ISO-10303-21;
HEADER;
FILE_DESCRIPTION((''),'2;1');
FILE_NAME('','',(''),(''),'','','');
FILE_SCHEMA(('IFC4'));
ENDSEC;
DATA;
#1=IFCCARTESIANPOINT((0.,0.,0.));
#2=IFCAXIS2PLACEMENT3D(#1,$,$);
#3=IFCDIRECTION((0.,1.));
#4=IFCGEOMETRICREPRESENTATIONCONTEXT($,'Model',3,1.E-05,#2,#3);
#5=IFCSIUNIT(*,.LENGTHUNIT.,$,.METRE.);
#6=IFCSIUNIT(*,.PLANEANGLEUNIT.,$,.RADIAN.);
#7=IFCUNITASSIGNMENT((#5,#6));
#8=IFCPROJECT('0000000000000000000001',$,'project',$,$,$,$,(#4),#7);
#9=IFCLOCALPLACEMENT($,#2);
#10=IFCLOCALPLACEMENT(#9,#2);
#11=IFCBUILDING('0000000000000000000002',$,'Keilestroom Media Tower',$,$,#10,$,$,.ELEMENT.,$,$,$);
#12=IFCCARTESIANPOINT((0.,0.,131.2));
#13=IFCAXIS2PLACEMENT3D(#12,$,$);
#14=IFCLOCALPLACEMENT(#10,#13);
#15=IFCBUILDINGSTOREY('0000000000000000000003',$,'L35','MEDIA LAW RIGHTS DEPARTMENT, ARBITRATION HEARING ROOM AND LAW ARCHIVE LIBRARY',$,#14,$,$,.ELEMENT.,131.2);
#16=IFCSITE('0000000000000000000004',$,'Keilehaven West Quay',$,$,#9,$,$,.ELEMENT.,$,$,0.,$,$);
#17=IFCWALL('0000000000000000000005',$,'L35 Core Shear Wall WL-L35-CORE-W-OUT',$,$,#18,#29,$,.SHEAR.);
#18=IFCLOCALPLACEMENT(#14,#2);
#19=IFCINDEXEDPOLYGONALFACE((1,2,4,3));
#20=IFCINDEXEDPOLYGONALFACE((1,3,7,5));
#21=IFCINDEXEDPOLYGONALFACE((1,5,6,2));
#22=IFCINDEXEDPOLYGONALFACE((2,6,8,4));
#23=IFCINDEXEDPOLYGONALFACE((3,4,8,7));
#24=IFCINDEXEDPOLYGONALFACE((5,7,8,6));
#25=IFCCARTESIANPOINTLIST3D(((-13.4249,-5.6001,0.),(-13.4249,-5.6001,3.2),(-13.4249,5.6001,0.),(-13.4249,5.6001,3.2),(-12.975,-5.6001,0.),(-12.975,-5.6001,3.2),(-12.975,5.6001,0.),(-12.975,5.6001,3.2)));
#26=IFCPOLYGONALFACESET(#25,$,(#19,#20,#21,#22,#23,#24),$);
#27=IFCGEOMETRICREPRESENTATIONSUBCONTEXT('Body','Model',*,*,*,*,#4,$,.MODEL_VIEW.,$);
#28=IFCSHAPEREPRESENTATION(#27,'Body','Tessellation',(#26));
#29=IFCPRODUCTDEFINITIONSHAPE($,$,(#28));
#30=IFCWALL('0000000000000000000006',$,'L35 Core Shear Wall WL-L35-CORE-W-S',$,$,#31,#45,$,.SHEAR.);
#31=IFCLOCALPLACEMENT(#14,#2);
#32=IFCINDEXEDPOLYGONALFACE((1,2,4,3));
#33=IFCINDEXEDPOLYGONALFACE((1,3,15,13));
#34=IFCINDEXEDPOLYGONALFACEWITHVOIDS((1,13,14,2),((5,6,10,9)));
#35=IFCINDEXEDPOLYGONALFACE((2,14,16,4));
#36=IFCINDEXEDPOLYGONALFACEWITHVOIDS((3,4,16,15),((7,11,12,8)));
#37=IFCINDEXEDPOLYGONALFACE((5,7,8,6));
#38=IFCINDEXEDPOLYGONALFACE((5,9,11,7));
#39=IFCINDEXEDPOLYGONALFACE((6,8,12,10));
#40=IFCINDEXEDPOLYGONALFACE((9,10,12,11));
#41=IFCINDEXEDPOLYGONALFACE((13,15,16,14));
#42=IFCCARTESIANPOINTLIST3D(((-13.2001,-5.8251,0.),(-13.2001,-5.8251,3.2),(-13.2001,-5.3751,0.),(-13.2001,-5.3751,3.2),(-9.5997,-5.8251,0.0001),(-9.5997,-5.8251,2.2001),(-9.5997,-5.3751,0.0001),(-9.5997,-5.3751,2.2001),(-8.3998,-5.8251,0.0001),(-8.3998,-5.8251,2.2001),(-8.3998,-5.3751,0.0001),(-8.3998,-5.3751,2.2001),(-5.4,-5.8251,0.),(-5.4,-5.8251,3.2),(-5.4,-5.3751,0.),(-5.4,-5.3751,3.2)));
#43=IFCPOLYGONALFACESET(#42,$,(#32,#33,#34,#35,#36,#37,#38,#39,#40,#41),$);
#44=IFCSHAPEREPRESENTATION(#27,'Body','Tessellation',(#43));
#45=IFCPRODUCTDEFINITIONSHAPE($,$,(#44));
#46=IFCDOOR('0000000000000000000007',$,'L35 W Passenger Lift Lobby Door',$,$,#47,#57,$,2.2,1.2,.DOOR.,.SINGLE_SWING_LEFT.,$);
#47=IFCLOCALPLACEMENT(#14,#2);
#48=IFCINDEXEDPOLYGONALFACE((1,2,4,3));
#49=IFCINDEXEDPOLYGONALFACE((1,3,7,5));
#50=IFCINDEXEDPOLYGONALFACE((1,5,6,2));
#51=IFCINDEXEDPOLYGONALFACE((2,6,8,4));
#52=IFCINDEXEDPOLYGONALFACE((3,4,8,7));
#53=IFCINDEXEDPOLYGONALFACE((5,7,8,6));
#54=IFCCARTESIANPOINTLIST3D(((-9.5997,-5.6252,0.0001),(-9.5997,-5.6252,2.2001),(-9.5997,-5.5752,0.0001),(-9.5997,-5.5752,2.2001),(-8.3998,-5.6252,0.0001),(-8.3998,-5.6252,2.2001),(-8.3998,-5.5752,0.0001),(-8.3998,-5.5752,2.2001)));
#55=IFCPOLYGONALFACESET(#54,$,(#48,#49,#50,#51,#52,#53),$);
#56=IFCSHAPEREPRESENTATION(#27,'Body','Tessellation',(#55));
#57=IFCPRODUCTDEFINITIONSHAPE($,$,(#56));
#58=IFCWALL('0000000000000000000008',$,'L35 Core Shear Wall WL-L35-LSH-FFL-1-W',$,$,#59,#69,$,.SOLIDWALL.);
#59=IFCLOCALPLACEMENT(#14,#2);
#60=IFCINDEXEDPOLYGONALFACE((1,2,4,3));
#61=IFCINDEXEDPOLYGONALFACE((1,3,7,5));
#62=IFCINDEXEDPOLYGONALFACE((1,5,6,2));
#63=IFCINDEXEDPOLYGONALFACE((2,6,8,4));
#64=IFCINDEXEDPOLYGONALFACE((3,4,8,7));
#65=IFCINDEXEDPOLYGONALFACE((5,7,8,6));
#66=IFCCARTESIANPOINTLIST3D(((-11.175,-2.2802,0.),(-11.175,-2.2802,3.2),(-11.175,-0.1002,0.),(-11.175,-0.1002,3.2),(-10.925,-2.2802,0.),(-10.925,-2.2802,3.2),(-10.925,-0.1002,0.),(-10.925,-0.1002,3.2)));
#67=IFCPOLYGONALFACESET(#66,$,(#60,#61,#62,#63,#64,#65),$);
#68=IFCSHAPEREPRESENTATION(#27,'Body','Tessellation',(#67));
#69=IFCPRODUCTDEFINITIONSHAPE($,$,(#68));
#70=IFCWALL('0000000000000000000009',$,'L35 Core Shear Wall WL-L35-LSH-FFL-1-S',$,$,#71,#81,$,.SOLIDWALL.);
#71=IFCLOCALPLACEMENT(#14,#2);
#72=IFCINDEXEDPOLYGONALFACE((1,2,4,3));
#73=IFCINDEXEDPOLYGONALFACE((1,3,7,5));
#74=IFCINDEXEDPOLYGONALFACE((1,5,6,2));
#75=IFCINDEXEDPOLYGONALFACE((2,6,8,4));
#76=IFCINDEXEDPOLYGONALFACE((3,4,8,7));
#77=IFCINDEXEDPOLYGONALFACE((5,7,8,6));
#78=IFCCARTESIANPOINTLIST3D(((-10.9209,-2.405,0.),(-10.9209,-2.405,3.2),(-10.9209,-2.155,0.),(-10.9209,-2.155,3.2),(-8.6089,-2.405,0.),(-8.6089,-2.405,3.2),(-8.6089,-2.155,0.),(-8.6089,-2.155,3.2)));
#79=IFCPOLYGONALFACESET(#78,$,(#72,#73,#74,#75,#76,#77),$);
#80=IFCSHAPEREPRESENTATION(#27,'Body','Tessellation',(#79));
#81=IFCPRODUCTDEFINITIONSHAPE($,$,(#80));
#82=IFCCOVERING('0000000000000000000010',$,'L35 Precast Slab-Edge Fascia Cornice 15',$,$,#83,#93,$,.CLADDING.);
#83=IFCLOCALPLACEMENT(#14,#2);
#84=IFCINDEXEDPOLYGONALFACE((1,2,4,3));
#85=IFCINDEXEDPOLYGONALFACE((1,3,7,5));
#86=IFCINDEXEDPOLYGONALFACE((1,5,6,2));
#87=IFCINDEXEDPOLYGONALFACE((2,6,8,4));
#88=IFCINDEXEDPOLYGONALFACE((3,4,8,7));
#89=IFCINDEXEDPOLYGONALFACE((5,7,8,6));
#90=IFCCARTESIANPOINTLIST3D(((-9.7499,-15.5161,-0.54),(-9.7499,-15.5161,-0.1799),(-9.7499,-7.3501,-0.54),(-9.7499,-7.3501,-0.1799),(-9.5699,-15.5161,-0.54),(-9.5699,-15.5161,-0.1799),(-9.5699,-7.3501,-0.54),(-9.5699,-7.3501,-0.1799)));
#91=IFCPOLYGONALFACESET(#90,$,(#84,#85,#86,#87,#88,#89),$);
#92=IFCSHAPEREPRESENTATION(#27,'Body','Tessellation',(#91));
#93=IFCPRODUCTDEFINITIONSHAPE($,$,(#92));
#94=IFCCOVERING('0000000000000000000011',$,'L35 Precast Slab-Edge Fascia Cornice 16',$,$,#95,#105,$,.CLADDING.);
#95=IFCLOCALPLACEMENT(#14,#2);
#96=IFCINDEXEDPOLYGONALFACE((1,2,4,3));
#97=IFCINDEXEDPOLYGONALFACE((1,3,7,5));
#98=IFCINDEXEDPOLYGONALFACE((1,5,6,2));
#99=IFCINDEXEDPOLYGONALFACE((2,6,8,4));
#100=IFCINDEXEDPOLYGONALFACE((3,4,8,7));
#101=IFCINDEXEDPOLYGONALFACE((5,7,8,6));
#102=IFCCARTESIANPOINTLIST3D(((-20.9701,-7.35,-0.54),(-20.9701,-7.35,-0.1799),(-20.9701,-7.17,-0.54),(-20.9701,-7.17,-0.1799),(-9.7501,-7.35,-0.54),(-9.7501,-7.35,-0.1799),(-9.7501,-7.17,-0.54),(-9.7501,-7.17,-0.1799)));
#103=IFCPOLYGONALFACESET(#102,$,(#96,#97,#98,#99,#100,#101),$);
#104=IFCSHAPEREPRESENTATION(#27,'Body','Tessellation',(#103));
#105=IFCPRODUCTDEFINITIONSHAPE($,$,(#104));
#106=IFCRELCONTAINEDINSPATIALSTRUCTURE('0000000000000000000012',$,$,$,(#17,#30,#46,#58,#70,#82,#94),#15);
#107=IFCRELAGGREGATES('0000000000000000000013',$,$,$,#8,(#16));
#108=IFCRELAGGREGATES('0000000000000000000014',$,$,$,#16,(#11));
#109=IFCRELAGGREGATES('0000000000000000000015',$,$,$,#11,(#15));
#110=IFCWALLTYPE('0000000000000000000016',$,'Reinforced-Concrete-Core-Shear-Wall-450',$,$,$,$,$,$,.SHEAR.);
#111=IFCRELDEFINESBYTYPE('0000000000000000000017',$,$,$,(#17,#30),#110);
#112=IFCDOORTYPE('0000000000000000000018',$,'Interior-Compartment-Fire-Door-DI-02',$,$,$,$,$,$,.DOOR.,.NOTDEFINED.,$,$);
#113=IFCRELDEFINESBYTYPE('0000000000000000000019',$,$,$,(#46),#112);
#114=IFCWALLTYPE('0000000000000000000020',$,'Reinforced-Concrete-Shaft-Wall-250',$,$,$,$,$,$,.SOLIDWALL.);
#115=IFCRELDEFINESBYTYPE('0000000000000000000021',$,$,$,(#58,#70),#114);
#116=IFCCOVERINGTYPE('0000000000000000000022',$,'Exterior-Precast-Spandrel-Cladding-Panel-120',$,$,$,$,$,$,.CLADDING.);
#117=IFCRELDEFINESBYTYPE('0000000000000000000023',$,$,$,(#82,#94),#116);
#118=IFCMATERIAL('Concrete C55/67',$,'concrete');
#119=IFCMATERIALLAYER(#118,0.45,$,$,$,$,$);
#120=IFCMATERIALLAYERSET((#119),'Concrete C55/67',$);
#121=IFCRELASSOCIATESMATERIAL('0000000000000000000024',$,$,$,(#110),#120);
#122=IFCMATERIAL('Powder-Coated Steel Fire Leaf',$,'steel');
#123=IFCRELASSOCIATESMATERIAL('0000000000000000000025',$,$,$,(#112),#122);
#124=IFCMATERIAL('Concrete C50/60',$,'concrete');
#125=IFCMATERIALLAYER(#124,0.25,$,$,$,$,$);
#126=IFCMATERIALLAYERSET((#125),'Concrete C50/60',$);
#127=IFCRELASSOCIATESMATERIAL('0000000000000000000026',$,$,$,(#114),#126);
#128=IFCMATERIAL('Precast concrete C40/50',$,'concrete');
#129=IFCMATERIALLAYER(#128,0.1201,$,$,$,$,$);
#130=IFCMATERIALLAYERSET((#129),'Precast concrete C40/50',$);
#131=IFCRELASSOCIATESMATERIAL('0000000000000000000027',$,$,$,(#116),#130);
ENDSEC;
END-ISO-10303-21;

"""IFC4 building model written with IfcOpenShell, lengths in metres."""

from ifc_helpers import new_model, si_unit, direction, frame, frame_2d, origin, origin_2d, place, context, subcontext, project, spatial, rectangle, extrude, source, transform, mapped, material, layer, layer_set, type_object, element, fill, save


model = new_model("IFC4")

# Units and contexts
model_context = context("Model", 3, precision=1e-05, world=origin(), true_north=direction((0.0, 1.0)))
body_context = subcontext(model_context, "Body", "Model", "MODEL_VIEW")
ifc_project = project(units=[si_unit("LENGTHUNIT", "METRE"), si_unit("PLANEANGLEUNIT", "RADIAN")], contexts=[model_context])

# Site, building, storey
site_placement = place(None, origin())
site = spatial("IfcSite", under=ifc_project, at=site_placement, Name="Keilehaven West Quay", CompositionType="ELEMENT", RefElevation=0.0)
building_placement = place(site_placement, origin())
building = spatial("IfcBuilding", under=site, at=building_placement, Name="Keilestroom Media Tower", CompositionType="ELEMENT")
storey_placement = place(building_placement, frame((0.0, 0.0, 131.2)))
storey = spatial("IfcBuildingStorey", under=building, at=storey_placement, Name="L35", Description="MEDIA LAW RIGHTS DEPARTMENT, ARBITRATION HEARING ROOM AND LAW ARCHIVE LIBRARY", CompositionType="ELEMENT", Elevation=131.2)

# Shared definitions
ifc_material_1 = material(Name="Precast concrete C40/50", Category="concrete")

# Wall
ifc_material_2 = material(Name="Concrete C55/67", Category="concrete")
ifc_layer_1 = layer(ifc_material_2, 0.45)
ifc_layer_set_1 = layer_set([ifc_layer_1], Name="Concrete C55/67")
wall_type_1 = type_object("IfcWallType", Name="Reinforced-Concrete-Core-Shear-Wall-450", PredefinedType="SHEAR", material=ifc_layer_set_1)
wall_1_placement = place(storey_placement, frame((-13.2, -5.6001, 0.0), z_axis=(0.0, 0.0, 1.0), x_axis=(0.0, 1.0, 0.0)))
element("IfcWall", 1, at=wall_1_placement, inside=storey, type_object=wall_type_1, Name="L35 Core Shear Wall WL-L35-CORE-W-OUT", PredefinedType="SHEAR", context=body_context, shape_type="SweptSolid", body=[
    extrude(rectangle(XDim=11.2002, YDim=0.45, at=frame_2d((5.6001, 0.0))), origin(), (0.0, 0.0, 1.0), 3.2),
])

# Wall, opening, door
wall_2_placement = place(storey_placement, frame((-13.2, -5.6001, 0.0), z_axis=(0.0, 0.0, 1.0), x_axis=(1.0, 0.0, 0.0)))
wall_2 = element("IfcWall", 2, at=wall_2_placement, inside=storey, type_object=wall_type_1, Name="L35 Core Shear Wall WL-L35-CORE-W-S", PredefinedType="SHEAR", context=body_context, shape_type="SweptSolid", body=[
    extrude(rectangle(XDim=7.8, YDim=0.45, at=frame_2d((3.8999, 0.0))), origin(), (0.0, 0.0, 1.0), 3.2),
])
opening_1_placement = place(wall_2_placement, frame((3.6001, 0.0, 0.0)))
opening_1 = element("IfcOpeningElement", 3, at=opening_1_placement, cuts=wall_2, PredefinedType="OPENING", context=body_context, shape_type="SweptSolid", body=[
    extrude(rectangle(XDim=1.2, YDim=2.2, at=frame_2d((0.6001, 1.1001))), frame((0.0, 0.2349, 0.0), z_axis=(0.0, -1.0, 0.0), x_axis=(1.0, 0.0, 0.0)), (0.0, 0.0, 1.0), 0.47),
])
ifc_material_3 = material(Name="Powder-Coated Steel Fire Leaf", Category="steel")
door_type_1 = type_object("IfcDoorType", Name="Interior-Compartment-Fire-Door-DI-02", OperationType="NOTDEFINED", PredefinedType="DOOR", material=ifc_material_3)
shared_shape_1 = source(origin(), body_context, "Body", "SweptSolid", [
    extrude(rectangle(XDim=1.2, YDim=2.2, at=frame_2d((0.6001, 1.1001))), frame((0.0, 0.0249, 0.0), z_axis=(0.0, -1.0, 0.0), x_axis=(1.0, 0.0, 0.0)), (0.0, 0.0, 1.0), 0.05),
])
door_1_placement = place(opening_1_placement, origin())
door_1 = element("IfcDoor", 4, at=door_1_placement, inside=storey, type_object=door_type_1, Name="L35 W Passenger Lift Lobby Door", OperationType="SINGLE_SWING_LEFT", OverallHeight=2.2, OverallWidth=1.2, PredefinedType="DOOR", context=body_context, shape_type="MappedRepresentation", body=[
    mapped(shared_shape_1, transform((0.0, 0.0, 0.0), x_axis=(1.0, 0.0, 0.0), y_axis=(0.0, 1.0, 0.0), z_axis=(0.0, 0.0, 1.0), scale=1.0)),
])
fill(opening_1, door_1)

# Walls
ifc_material_4 = material(Name="Concrete C50/60", Category="concrete")
ifc_layer_2 = layer(ifc_material_4, 0.25)
ifc_layer_set_2 = layer_set([ifc_layer_2], Name="Concrete C50/60")
wall_type_2 = type_object("IfcWallType", Name="Reinforced-Concrete-Shaft-Wall-250", PredefinedType="SOLIDWALL", material=ifc_layer_set_2)
wall_3_placement = place(storey_placement, frame((-11.05, -2.28, 0.0), z_axis=(0.0, 0.0, 1.0), x_axis=(0.0, 1.0, 0.0)))
element("IfcWall", 5, at=wall_3_placement, inside=storey, type_object=wall_type_2, Name="L35 Core Shear Wall WL-L35-LSH-FFL-1-W", PredefinedType="SOLIDWALL", context=body_context, shape_type="SweptSolid", body=[
    extrude(rectangle(XDim=2.1799, YDim=0.25, at=frame_2d((1.0898, 0.0))), origin(), (0.0, 0.0, 1.0), 3.2),
])
wall_4_placement = place(storey_placement, frame((-10.9209, -2.28, 0.0), z_axis=(0.0, 0.0, 1.0), x_axis=(1.0, 0.0, 0.0)))
element("IfcWall", 6, at=wall_4_placement, inside=storey, type_object=wall_type_2, Name="L35 Core Shear Wall WL-L35-LSH-FFL-1-S", PredefinedType="SOLIDWALL", context=body_context, shape_type="SweptSolid", body=[
    extrude(rectangle(XDim=2.312, YDim=0.25, at=frame_2d((1.156, 0.0))), origin(), (0.0, 0.0, 1.0), 3.2),
])

# Coverings
ifc_layer_3 = layer(ifc_material_1, 0.1201)
ifc_layer_set_3 = layer_set([ifc_layer_3], Name="Precast concrete C40/50")
covering_type = type_object("IfcCoveringType", Name="Exterior-Precast-Spandrel-Cladding-Panel-120", PredefinedType="CLADDING", material=ifc_layer_set_3)
shared_shape_2 = source(origin(), body_context, "Body", "SweptSolid", [
    extrude(rectangle(XDim=8.166, YDim=0.1799, at=origin_2d()), origin(), (0.0, 0.0, 1.0), 0.3601),
])
covering_1_placement = place(storey_placement, frame((-9.6599, -11.4331, -0.54), z_axis=(0.0, 0.0, 1.0), x_axis=(0.0, 1.0, 0.0)))
element("IfcCovering", 7, at=covering_1_placement, inside=storey, type_object=covering_type, Name="L35 Precast Slab-Edge Fascia Cornice 15", PredefinedType="CLADDING", context=body_context, shape_type="MappedRepresentation", body=[
    mapped(shared_shape_2, transform((0.0, 0.0, 0.0), x_axis=(1.0, 0.0, 0.0), y_axis=(0.0, 1.0, 0.0), z_axis=(0.0, 0.0, 1.0), scale=1.0)),
])
shared_shape_3 = source(origin(), body_context, "Body", "SweptSolid", [
    extrude(rectangle(XDim=11.22, YDim=0.1799, at=origin_2d()), origin(), (0.0, 0.0, 1.0), 0.3601),
])
covering_2_placement = place(storey_placement, frame((-15.3601, -7.26, -0.54), z_axis=(0.0, 0.0, 1.0), x_axis=(-1.0, 0.0, 0.0)))
element("IfcCovering", 8, at=covering_2_placement, inside=storey, type_object=covering_type, Name="L35 Precast Slab-Edge Fascia Cornice 16", PredefinedType="CLADDING", context=body_context, shape_type="MappedRepresentation", body=[
    mapped(shared_shape_3, transform((0.0, 0.0, 0.0), x_axis=(1.0, 0.0, 0.0), y_axis=(0.0, 1.0, 0.0), z_axis=(0.0, 0.0, 1.0), scale=1.0)),
])

save(model, "model.ifc")
